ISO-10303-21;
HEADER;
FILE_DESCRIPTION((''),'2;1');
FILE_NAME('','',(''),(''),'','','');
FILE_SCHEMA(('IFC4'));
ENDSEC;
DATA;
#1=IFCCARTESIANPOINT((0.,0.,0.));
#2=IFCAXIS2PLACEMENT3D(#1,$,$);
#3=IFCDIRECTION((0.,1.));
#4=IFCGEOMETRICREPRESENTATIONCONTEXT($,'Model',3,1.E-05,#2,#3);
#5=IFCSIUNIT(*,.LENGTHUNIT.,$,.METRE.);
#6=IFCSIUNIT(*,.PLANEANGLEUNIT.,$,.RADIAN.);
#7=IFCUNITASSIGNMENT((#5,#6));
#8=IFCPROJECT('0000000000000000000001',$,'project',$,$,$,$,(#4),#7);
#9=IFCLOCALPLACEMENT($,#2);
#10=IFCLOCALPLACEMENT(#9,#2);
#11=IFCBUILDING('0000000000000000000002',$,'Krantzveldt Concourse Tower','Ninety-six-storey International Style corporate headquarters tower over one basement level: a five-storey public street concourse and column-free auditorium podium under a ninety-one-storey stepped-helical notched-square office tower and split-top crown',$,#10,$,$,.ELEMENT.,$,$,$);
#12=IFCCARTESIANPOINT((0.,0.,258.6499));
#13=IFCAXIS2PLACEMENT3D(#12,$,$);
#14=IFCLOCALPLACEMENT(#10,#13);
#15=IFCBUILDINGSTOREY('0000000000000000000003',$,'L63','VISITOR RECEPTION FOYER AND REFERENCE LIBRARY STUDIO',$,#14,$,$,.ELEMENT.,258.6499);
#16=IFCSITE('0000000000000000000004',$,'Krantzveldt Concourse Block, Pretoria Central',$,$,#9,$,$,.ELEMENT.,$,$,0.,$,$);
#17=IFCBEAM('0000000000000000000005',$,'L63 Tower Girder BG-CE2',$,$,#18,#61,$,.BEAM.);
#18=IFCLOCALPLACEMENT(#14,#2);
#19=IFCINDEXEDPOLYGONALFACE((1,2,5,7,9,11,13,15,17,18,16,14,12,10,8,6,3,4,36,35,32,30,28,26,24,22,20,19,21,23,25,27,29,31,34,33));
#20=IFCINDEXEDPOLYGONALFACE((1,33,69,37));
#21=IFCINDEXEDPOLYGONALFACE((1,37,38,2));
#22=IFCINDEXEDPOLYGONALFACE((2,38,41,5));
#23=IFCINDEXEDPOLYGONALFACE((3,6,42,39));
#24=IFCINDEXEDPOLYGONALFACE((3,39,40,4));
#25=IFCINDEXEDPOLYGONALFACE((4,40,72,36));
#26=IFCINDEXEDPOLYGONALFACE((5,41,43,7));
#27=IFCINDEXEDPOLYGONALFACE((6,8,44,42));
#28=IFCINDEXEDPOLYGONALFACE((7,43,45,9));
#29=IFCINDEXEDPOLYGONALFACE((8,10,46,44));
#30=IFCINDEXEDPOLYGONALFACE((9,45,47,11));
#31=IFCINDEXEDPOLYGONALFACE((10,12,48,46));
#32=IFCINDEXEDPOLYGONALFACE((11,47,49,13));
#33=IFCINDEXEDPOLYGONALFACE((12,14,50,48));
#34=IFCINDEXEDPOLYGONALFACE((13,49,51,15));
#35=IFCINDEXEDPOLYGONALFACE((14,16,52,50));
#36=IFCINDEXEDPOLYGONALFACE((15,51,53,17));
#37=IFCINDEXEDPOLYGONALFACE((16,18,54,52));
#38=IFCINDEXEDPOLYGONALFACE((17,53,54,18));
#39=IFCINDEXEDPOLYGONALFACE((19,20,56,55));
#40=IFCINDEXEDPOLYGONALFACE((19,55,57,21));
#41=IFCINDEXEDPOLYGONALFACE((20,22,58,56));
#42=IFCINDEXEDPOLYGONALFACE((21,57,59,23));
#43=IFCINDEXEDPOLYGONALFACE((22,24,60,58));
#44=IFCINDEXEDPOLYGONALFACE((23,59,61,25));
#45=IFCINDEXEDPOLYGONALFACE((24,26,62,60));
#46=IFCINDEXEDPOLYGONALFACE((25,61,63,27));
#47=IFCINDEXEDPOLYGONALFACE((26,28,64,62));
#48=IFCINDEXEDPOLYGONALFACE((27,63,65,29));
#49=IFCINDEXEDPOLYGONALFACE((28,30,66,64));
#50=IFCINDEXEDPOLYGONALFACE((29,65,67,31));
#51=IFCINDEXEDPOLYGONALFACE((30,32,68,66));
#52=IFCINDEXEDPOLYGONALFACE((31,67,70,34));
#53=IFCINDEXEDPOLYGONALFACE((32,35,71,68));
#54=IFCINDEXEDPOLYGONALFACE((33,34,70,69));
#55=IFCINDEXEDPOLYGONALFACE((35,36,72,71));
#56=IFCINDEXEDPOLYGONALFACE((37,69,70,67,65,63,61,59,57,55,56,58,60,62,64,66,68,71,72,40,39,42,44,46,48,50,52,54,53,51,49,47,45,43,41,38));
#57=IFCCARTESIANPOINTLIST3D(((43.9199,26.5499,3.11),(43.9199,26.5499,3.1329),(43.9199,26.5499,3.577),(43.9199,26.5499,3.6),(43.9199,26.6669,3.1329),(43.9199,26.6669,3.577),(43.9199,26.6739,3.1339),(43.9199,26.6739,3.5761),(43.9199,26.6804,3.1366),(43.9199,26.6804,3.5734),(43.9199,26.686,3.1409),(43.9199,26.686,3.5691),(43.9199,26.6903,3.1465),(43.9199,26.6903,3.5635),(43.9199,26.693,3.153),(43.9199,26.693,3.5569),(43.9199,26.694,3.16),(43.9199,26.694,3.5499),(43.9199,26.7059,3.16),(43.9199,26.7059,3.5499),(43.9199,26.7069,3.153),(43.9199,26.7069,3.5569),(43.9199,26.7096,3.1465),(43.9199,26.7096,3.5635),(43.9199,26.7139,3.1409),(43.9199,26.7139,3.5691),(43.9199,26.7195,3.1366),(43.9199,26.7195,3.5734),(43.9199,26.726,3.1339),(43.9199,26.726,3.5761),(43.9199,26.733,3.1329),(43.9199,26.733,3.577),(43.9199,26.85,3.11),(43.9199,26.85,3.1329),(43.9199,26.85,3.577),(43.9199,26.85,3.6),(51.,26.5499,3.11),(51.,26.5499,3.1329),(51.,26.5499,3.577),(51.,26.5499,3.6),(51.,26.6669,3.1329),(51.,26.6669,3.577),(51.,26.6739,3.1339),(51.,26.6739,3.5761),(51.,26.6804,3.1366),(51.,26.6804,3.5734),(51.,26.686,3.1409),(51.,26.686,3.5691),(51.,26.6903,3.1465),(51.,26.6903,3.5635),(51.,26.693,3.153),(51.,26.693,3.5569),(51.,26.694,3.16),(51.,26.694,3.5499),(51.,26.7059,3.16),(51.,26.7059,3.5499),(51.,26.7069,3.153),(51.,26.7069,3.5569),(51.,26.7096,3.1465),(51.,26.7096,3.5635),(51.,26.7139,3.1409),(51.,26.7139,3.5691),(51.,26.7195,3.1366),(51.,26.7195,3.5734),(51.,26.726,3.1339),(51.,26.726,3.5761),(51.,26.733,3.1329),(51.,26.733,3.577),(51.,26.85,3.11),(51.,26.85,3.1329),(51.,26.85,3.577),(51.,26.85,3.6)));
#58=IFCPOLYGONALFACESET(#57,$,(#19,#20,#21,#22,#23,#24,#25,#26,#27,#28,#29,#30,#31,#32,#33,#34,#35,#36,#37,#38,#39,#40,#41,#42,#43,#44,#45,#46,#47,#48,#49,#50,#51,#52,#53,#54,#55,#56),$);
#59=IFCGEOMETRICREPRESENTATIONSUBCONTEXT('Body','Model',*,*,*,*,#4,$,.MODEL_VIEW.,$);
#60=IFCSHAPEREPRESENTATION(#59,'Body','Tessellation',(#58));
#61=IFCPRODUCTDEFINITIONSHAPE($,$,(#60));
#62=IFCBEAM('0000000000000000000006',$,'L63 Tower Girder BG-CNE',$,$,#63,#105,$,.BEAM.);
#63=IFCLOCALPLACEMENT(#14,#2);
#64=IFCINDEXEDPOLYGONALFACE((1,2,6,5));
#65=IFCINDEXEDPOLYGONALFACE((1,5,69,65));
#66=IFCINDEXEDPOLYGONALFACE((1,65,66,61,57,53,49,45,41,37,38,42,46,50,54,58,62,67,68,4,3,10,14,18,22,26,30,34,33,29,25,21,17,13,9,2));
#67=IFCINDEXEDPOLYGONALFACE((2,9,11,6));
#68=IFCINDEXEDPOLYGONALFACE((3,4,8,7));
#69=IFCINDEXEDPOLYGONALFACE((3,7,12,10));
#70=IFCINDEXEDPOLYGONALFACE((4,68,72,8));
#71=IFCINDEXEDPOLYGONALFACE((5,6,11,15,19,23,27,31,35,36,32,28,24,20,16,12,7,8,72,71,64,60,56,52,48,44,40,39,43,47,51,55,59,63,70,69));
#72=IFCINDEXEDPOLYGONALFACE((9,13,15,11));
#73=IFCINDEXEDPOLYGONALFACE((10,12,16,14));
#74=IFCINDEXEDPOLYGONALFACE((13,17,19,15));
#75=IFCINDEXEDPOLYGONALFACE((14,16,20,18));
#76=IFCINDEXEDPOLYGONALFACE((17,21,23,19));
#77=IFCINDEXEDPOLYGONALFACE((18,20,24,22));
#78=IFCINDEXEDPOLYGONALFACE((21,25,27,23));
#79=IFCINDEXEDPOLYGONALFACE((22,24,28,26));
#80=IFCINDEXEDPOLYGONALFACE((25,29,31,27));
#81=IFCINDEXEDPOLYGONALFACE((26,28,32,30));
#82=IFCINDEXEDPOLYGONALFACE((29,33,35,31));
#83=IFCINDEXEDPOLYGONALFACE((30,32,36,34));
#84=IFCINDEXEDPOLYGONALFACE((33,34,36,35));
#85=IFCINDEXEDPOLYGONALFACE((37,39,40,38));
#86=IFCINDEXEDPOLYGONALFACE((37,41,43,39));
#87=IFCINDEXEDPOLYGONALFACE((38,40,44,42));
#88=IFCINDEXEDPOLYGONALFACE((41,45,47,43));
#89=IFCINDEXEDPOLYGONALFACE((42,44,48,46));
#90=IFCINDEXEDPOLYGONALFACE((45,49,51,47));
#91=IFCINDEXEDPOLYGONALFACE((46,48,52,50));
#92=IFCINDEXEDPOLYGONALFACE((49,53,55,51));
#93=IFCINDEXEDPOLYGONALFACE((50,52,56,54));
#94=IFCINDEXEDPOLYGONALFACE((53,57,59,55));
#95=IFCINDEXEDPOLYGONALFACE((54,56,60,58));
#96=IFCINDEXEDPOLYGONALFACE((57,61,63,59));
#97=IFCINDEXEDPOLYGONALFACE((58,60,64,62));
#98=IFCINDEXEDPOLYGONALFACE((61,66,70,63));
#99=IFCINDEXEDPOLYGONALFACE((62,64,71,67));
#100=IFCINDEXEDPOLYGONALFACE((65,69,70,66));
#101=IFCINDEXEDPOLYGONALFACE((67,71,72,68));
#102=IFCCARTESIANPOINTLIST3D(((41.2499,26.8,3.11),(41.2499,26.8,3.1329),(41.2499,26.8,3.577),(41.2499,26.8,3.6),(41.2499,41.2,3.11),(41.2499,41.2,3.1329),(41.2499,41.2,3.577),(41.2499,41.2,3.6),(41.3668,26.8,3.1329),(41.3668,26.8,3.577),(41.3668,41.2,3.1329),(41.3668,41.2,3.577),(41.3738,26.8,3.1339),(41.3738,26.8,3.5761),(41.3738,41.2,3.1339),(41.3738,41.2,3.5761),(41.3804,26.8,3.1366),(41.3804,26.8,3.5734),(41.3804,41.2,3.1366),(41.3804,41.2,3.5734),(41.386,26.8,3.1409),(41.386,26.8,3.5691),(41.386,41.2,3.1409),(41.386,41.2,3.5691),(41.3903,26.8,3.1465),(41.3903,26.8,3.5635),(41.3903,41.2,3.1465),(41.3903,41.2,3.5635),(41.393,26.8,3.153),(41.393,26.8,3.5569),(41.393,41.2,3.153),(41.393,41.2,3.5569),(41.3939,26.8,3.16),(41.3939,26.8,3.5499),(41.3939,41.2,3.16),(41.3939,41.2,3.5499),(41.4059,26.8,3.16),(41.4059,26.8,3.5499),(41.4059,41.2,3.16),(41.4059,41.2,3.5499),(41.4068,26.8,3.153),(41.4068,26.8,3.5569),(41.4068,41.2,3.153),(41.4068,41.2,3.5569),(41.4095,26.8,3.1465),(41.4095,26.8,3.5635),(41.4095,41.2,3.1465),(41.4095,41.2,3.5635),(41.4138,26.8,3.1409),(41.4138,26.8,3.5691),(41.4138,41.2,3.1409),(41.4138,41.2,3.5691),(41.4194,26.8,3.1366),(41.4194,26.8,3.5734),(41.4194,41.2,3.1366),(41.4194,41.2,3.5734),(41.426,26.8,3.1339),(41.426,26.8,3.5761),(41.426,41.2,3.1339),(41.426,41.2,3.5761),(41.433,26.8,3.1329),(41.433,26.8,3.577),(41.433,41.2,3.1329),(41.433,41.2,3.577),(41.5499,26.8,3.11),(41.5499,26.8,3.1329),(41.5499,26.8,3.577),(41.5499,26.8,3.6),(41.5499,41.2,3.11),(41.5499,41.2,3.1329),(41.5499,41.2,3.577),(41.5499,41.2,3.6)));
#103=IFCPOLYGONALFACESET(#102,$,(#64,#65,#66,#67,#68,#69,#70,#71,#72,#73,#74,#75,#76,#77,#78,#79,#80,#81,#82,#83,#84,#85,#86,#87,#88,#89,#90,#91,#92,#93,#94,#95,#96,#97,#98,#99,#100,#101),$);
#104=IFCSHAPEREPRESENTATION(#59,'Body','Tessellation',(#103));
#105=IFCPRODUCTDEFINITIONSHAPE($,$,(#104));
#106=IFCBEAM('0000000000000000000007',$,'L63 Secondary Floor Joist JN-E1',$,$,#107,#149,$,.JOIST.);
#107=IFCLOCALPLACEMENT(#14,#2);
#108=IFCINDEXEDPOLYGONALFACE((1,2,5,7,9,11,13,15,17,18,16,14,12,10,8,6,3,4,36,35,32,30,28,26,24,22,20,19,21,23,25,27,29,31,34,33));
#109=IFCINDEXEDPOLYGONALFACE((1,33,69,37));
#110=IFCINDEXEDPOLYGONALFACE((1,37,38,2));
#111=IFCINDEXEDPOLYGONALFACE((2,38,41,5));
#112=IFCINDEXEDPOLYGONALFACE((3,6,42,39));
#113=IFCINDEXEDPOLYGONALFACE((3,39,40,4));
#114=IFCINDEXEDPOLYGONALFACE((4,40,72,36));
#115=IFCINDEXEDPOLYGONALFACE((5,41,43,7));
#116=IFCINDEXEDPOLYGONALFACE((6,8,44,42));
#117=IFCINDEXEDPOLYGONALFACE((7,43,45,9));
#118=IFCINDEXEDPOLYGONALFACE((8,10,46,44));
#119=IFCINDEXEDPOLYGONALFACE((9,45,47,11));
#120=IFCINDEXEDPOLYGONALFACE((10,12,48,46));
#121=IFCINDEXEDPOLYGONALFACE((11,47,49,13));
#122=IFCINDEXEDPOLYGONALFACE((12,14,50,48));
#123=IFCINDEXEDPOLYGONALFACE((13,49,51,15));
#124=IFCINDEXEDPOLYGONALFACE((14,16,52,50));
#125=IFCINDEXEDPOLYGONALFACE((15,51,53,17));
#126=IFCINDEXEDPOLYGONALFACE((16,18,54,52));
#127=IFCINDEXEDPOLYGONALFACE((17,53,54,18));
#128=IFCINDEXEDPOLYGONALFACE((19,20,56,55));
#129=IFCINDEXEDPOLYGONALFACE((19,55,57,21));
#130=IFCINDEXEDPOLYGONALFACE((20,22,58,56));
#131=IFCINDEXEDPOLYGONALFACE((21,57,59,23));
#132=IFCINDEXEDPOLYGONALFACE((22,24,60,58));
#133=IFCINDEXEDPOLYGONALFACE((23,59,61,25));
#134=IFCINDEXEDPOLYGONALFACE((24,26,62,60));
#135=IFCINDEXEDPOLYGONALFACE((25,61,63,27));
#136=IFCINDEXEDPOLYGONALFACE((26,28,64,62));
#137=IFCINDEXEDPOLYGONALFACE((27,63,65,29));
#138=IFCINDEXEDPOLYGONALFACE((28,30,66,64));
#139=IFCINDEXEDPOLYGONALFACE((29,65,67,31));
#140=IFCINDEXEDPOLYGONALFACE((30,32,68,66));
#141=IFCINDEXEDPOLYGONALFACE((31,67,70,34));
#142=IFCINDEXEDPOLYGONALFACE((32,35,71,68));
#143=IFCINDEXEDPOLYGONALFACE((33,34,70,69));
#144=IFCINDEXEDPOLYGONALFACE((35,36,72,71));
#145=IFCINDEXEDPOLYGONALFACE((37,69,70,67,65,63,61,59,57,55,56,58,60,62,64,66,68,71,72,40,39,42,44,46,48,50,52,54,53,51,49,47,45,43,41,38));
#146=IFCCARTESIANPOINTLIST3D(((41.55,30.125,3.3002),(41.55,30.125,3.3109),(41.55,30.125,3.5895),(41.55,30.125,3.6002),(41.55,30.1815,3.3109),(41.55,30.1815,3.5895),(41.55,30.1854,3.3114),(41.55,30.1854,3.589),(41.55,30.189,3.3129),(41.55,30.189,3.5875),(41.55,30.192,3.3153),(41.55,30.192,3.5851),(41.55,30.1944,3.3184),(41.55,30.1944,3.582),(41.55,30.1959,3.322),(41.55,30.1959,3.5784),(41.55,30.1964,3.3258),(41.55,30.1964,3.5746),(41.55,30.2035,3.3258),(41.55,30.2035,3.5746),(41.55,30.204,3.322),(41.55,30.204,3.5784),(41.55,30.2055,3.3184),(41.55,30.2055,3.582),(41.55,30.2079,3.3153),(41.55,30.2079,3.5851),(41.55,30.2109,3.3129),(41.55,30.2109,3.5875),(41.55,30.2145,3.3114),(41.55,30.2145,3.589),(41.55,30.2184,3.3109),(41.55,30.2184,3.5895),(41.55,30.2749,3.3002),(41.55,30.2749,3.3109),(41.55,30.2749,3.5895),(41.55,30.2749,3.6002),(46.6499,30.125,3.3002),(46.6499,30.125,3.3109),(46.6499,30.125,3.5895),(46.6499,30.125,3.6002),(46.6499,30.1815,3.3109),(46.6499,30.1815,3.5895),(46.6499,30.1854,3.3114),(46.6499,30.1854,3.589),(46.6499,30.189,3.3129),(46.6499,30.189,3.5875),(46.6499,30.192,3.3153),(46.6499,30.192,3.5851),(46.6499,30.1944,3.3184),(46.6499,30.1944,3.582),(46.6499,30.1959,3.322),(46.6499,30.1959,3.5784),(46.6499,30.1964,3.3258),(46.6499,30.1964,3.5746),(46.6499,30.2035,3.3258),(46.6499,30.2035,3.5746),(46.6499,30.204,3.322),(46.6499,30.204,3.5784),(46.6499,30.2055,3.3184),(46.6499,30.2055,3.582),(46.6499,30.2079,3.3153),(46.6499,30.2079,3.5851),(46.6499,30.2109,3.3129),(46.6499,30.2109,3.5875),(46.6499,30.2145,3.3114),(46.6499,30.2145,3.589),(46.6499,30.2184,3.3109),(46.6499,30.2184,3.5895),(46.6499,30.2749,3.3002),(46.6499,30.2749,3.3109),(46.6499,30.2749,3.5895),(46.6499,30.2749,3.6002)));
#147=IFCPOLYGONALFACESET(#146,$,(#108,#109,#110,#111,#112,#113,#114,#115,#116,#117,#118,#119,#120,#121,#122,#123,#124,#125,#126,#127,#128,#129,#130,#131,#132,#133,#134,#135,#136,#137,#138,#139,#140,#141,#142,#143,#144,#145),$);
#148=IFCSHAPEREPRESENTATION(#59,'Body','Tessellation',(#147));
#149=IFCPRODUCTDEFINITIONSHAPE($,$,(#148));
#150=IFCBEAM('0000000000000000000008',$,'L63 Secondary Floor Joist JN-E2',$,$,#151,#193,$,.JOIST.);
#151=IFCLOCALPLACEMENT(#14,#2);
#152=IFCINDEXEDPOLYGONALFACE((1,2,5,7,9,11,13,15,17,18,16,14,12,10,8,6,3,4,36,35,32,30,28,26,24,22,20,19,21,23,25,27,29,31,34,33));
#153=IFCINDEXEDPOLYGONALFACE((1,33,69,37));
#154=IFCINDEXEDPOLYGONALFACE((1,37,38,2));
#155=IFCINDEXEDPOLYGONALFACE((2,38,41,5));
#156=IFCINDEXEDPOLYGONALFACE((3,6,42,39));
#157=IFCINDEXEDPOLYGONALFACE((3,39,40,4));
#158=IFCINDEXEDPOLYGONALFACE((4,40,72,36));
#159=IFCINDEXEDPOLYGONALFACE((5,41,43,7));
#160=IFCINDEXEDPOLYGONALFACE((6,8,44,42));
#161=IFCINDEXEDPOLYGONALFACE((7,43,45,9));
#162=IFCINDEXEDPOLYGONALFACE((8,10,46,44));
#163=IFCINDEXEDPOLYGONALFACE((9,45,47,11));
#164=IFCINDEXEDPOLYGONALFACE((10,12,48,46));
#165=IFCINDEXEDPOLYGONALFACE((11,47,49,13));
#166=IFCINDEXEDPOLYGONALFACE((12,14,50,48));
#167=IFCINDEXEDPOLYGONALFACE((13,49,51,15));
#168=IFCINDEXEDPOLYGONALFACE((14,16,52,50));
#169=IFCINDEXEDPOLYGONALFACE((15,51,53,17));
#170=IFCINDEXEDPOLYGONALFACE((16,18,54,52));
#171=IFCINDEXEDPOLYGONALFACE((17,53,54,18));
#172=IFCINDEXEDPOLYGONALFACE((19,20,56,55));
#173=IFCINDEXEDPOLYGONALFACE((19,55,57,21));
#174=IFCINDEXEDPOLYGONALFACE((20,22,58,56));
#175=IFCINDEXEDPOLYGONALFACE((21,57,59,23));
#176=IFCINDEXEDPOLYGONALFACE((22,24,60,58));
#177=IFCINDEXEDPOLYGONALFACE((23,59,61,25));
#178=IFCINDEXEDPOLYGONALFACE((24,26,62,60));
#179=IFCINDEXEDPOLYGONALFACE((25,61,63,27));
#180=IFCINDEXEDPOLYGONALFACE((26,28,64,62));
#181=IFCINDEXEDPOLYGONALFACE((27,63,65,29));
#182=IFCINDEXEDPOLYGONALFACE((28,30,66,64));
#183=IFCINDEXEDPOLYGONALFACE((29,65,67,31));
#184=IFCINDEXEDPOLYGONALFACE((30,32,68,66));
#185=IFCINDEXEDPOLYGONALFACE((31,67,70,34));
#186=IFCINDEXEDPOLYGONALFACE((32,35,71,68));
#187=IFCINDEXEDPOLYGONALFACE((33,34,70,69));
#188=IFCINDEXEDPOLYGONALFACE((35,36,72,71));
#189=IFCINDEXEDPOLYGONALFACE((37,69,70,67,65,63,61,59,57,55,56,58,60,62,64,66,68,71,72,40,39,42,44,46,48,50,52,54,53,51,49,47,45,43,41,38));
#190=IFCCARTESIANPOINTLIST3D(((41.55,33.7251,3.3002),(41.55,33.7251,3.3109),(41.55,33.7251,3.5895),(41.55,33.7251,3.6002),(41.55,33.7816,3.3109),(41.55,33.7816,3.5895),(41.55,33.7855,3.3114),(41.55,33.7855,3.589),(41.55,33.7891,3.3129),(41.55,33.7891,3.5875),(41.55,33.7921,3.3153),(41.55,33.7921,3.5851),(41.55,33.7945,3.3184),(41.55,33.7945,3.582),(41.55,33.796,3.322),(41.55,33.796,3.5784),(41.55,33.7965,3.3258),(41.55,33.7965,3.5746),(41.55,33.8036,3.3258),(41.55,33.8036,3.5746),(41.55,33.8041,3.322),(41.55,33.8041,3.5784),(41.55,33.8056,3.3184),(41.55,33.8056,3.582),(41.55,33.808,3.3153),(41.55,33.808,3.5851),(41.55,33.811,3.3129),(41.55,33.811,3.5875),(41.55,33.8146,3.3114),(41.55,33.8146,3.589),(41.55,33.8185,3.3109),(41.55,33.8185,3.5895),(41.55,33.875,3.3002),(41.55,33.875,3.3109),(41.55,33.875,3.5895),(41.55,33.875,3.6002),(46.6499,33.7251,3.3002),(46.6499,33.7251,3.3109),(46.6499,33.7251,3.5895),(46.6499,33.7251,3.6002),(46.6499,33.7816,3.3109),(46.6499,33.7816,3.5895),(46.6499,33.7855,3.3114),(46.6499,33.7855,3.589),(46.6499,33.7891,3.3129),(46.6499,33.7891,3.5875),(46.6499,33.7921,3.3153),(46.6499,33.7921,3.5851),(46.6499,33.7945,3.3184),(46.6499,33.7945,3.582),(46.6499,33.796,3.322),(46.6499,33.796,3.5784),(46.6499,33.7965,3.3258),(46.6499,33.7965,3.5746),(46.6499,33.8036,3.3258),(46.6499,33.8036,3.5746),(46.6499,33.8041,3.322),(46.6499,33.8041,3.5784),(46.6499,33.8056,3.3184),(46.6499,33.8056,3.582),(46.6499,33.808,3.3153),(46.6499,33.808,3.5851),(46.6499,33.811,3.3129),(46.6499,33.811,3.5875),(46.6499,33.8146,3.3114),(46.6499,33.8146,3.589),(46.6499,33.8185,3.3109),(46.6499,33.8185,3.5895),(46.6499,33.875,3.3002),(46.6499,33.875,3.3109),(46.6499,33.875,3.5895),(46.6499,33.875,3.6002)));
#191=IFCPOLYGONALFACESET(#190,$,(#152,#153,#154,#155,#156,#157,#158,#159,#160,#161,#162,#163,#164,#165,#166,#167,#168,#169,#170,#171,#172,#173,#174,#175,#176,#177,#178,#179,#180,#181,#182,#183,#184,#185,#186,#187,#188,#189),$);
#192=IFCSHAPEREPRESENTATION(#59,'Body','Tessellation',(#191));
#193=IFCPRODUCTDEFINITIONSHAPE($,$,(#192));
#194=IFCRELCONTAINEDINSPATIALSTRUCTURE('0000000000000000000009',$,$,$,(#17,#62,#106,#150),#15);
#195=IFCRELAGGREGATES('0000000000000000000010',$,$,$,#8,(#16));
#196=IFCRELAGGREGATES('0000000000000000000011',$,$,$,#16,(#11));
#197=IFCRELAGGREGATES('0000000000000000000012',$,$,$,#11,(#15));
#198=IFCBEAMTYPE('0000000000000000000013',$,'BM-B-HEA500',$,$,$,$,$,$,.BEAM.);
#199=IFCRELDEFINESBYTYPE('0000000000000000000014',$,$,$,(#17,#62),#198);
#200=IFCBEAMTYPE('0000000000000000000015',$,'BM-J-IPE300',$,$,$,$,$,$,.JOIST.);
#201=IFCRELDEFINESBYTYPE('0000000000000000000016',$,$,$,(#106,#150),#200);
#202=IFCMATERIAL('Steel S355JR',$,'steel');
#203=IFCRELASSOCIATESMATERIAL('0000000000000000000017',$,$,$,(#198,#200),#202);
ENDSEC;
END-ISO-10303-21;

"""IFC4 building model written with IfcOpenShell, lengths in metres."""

from ifc_helpers import new_model, si_unit, direction, frame, origin, origin_2d, place, context, subcontext, project, spatial, i_section, extrude, source, transform, mapped, material, material_profile, profile_set, type_object, type_shapes, element, save


model = new_model("IFC4")

# Units and contexts
model_context = context("Model", 3, precision=1e-05, world=origin(), true_north=direction((0.0, 1.0)))
body_context = subcontext(model_context, "Body", "Model", "MODEL_VIEW")
ifc_project = project(units=[si_unit("LENGTHUNIT", "METRE"), si_unit("PLANEANGLEUNIT", "RADIAN")], contexts=[model_context])

# Site, building, storey
site_placement = place(None, origin())
site = spatial("IfcSite", under=ifc_project, at=site_placement, Name="Krantzveldt Concourse Block, Pretoria Central", CompositionType="ELEMENT", RefElevation=0.0)
building_placement = place(site_placement, origin())
building = spatial("IfcBuilding", under=site, at=building_placement, Name="Krantzveldt Concourse Tower", Description="Ninety-six-storey International Style corporate headquarters tower over one basement level: a five-storey public street concourse and column-free auditorium podium under a ninety-one-storey stepped-helical notched-square office tower and split-top crown", CompositionType="ELEMENT")
storey_placement = place(building_placement, frame((0.0, 0.0, 258.6499)))
storey = spatial("IfcBuildingStorey", under=building, at=storey_placement, Name="L63", Description="VISITOR RECEPTION FOYER AND REFERENCE LIBRARY STUDIO", CompositionType="ELEMENT", Elevation=258.6499)

# Beams
ifc_material_1 = material(Name="Steel S355JR", Category="steel")
ifc_material_profile_1 = material_profile(ifc_material_1, i_section(OverallWidth=0.3, OverallDepth=0.49, WebThickness=0.012, FlangeThickness=0.0229, FilletRadius=0.0271, at=origin_2d()), Name="Steel S355JR", Category="steel")
ifc_profile_set_1 = profile_set([ifc_material_profile_1], Name="Steel S355JR - HEA 500")
beam_type_1 = type_object("IfcBeamType", Name="BM-B-HEA500", PredefinedType="BEAM", material=ifc_profile_set_1)
shared_shape_1 = source(origin(), body_context, "Body", "SweptSolid", [
    extrude(i_section(OverallWidth=0.3, OverallDepth=0.49, WebThickness=0.012, FlangeThickness=0.0229, FilletRadius=0.0271, at=origin_2d()), origin(), (0.0, 0.0, 1.0), 7.0801),
])
beam_1_placement = place(storey_placement, frame((43.9199, 26.7, 3.355), z_axis=(1.0, 0.0, 0.0), x_axis=(0.0, 1.0, 0.0)))
element("IfcBeam", 1, at=beam_1_placement, inside=storey, type_object=beam_type_1, Name="L63 Tower Girder BG-CE2", PredefinedType="BEAM", context=body_context, shape_type="MappedRepresentation", body=[
    mapped(shared_shape_1, transform((0.0, 0.0, 0.0), x_axis=(1.0, 0.0, 0.0), y_axis=(0.0, 1.0, 0.0), z_axis=(0.0, 0.0, 1.0), scale=1.0)),
])
shared_shape_2 = source(origin(), body_context, "Body", "SweptSolid", [
    extrude(i_section(OverallWidth=0.3, OverallDepth=0.49, WebThickness=0.012, FlangeThickness=0.0229, FilletRadius=0.0271, at=origin_2d()), origin(), (0.0, 0.0, 1.0), 14.3999),
])
type_shapes(beam_type_1, [shared_shape_1, shared_shape_2])
beam_2_placement = place(storey_placement, frame((41.3999, 26.8, 3.355), z_axis=(0.0, 1.0, 0.0), x_axis=(-1.0, 0.0, 0.0)))
element("IfcBeam", 2, at=beam_2_placement, inside=storey, type_object=beam_type_1, Name="L63 Tower Girder BG-CNE", PredefinedType="BEAM", context=body_context, shape_type="MappedRepresentation", body=[
    mapped(shared_shape_2, transform((0.0, 0.0, 0.0), x_axis=(1.0, 0.0, 0.0), y_axis=(0.0, 1.0, 0.0), z_axis=(0.0, 0.0, 1.0), scale=1.0)),
])
ifc_material_profile_2 = material_profile(ifc_material_1, i_section(OverallWidth=0.1499, OverallDepth=0.3, WebThickness=0.0071, FlangeThickness=0.0107, FilletRadius=0.0149, at=origin_2d()), Name="Steel S355JR", Category="steel")
ifc_profile_set_2 = profile_set([ifc_material_profile_2], Name="Steel S355JR - IPE 300")
beam_type_2 = type_object("IfcBeamType", Name="BM-J-IPE300", PredefinedType="JOIST", material=ifc_profile_set_2)
shared_shape_3 = source(origin(), body_context, "Body", "SweptSolid", [
    extrude(i_section(OverallWidth=0.1499, OverallDepth=0.3, WebThickness=0.0071, FlangeThickness=0.0107, FilletRadius=0.0149, at=origin_2d()), origin(), (0.0, 0.0, 1.0), 5.0999),
])
type_shapes(beam_type_2, [shared_shape_3])
for number, where, z_axis, x_axis, name in (
    (3, (41.55, 30.2, 3.4502), (1.0, 0.0, 0.0), (0.0, 1.0, 0.0), "L63 Secondary Floor Joist JN-E1"),
    (4, (41.55, 33.8, 3.4502), (1.0, 0.0, 0.0), (0.0, 1.0, 0.0), "L63 Secondary Floor Joist JN-E2"),
):
    element("IfcBeam", number, at=place(storey_placement, frame(where, z_axis=z_axis, x_axis=x_axis)), inside=storey, type_object=beam_type_2, Name=name, PredefinedType="JOIST", context=body_context, shape_type="MappedRepresentation", body=[
        mapped(shared_shape_3, transform((0.0, 0.0, 0.0), x_axis=(1.0, 0.0, 0.0), y_axis=(0.0, 1.0, 0.0), z_axis=(0.0, 0.0, 1.0), scale=1.0)),
    ])

save(model, "model.ifc")
